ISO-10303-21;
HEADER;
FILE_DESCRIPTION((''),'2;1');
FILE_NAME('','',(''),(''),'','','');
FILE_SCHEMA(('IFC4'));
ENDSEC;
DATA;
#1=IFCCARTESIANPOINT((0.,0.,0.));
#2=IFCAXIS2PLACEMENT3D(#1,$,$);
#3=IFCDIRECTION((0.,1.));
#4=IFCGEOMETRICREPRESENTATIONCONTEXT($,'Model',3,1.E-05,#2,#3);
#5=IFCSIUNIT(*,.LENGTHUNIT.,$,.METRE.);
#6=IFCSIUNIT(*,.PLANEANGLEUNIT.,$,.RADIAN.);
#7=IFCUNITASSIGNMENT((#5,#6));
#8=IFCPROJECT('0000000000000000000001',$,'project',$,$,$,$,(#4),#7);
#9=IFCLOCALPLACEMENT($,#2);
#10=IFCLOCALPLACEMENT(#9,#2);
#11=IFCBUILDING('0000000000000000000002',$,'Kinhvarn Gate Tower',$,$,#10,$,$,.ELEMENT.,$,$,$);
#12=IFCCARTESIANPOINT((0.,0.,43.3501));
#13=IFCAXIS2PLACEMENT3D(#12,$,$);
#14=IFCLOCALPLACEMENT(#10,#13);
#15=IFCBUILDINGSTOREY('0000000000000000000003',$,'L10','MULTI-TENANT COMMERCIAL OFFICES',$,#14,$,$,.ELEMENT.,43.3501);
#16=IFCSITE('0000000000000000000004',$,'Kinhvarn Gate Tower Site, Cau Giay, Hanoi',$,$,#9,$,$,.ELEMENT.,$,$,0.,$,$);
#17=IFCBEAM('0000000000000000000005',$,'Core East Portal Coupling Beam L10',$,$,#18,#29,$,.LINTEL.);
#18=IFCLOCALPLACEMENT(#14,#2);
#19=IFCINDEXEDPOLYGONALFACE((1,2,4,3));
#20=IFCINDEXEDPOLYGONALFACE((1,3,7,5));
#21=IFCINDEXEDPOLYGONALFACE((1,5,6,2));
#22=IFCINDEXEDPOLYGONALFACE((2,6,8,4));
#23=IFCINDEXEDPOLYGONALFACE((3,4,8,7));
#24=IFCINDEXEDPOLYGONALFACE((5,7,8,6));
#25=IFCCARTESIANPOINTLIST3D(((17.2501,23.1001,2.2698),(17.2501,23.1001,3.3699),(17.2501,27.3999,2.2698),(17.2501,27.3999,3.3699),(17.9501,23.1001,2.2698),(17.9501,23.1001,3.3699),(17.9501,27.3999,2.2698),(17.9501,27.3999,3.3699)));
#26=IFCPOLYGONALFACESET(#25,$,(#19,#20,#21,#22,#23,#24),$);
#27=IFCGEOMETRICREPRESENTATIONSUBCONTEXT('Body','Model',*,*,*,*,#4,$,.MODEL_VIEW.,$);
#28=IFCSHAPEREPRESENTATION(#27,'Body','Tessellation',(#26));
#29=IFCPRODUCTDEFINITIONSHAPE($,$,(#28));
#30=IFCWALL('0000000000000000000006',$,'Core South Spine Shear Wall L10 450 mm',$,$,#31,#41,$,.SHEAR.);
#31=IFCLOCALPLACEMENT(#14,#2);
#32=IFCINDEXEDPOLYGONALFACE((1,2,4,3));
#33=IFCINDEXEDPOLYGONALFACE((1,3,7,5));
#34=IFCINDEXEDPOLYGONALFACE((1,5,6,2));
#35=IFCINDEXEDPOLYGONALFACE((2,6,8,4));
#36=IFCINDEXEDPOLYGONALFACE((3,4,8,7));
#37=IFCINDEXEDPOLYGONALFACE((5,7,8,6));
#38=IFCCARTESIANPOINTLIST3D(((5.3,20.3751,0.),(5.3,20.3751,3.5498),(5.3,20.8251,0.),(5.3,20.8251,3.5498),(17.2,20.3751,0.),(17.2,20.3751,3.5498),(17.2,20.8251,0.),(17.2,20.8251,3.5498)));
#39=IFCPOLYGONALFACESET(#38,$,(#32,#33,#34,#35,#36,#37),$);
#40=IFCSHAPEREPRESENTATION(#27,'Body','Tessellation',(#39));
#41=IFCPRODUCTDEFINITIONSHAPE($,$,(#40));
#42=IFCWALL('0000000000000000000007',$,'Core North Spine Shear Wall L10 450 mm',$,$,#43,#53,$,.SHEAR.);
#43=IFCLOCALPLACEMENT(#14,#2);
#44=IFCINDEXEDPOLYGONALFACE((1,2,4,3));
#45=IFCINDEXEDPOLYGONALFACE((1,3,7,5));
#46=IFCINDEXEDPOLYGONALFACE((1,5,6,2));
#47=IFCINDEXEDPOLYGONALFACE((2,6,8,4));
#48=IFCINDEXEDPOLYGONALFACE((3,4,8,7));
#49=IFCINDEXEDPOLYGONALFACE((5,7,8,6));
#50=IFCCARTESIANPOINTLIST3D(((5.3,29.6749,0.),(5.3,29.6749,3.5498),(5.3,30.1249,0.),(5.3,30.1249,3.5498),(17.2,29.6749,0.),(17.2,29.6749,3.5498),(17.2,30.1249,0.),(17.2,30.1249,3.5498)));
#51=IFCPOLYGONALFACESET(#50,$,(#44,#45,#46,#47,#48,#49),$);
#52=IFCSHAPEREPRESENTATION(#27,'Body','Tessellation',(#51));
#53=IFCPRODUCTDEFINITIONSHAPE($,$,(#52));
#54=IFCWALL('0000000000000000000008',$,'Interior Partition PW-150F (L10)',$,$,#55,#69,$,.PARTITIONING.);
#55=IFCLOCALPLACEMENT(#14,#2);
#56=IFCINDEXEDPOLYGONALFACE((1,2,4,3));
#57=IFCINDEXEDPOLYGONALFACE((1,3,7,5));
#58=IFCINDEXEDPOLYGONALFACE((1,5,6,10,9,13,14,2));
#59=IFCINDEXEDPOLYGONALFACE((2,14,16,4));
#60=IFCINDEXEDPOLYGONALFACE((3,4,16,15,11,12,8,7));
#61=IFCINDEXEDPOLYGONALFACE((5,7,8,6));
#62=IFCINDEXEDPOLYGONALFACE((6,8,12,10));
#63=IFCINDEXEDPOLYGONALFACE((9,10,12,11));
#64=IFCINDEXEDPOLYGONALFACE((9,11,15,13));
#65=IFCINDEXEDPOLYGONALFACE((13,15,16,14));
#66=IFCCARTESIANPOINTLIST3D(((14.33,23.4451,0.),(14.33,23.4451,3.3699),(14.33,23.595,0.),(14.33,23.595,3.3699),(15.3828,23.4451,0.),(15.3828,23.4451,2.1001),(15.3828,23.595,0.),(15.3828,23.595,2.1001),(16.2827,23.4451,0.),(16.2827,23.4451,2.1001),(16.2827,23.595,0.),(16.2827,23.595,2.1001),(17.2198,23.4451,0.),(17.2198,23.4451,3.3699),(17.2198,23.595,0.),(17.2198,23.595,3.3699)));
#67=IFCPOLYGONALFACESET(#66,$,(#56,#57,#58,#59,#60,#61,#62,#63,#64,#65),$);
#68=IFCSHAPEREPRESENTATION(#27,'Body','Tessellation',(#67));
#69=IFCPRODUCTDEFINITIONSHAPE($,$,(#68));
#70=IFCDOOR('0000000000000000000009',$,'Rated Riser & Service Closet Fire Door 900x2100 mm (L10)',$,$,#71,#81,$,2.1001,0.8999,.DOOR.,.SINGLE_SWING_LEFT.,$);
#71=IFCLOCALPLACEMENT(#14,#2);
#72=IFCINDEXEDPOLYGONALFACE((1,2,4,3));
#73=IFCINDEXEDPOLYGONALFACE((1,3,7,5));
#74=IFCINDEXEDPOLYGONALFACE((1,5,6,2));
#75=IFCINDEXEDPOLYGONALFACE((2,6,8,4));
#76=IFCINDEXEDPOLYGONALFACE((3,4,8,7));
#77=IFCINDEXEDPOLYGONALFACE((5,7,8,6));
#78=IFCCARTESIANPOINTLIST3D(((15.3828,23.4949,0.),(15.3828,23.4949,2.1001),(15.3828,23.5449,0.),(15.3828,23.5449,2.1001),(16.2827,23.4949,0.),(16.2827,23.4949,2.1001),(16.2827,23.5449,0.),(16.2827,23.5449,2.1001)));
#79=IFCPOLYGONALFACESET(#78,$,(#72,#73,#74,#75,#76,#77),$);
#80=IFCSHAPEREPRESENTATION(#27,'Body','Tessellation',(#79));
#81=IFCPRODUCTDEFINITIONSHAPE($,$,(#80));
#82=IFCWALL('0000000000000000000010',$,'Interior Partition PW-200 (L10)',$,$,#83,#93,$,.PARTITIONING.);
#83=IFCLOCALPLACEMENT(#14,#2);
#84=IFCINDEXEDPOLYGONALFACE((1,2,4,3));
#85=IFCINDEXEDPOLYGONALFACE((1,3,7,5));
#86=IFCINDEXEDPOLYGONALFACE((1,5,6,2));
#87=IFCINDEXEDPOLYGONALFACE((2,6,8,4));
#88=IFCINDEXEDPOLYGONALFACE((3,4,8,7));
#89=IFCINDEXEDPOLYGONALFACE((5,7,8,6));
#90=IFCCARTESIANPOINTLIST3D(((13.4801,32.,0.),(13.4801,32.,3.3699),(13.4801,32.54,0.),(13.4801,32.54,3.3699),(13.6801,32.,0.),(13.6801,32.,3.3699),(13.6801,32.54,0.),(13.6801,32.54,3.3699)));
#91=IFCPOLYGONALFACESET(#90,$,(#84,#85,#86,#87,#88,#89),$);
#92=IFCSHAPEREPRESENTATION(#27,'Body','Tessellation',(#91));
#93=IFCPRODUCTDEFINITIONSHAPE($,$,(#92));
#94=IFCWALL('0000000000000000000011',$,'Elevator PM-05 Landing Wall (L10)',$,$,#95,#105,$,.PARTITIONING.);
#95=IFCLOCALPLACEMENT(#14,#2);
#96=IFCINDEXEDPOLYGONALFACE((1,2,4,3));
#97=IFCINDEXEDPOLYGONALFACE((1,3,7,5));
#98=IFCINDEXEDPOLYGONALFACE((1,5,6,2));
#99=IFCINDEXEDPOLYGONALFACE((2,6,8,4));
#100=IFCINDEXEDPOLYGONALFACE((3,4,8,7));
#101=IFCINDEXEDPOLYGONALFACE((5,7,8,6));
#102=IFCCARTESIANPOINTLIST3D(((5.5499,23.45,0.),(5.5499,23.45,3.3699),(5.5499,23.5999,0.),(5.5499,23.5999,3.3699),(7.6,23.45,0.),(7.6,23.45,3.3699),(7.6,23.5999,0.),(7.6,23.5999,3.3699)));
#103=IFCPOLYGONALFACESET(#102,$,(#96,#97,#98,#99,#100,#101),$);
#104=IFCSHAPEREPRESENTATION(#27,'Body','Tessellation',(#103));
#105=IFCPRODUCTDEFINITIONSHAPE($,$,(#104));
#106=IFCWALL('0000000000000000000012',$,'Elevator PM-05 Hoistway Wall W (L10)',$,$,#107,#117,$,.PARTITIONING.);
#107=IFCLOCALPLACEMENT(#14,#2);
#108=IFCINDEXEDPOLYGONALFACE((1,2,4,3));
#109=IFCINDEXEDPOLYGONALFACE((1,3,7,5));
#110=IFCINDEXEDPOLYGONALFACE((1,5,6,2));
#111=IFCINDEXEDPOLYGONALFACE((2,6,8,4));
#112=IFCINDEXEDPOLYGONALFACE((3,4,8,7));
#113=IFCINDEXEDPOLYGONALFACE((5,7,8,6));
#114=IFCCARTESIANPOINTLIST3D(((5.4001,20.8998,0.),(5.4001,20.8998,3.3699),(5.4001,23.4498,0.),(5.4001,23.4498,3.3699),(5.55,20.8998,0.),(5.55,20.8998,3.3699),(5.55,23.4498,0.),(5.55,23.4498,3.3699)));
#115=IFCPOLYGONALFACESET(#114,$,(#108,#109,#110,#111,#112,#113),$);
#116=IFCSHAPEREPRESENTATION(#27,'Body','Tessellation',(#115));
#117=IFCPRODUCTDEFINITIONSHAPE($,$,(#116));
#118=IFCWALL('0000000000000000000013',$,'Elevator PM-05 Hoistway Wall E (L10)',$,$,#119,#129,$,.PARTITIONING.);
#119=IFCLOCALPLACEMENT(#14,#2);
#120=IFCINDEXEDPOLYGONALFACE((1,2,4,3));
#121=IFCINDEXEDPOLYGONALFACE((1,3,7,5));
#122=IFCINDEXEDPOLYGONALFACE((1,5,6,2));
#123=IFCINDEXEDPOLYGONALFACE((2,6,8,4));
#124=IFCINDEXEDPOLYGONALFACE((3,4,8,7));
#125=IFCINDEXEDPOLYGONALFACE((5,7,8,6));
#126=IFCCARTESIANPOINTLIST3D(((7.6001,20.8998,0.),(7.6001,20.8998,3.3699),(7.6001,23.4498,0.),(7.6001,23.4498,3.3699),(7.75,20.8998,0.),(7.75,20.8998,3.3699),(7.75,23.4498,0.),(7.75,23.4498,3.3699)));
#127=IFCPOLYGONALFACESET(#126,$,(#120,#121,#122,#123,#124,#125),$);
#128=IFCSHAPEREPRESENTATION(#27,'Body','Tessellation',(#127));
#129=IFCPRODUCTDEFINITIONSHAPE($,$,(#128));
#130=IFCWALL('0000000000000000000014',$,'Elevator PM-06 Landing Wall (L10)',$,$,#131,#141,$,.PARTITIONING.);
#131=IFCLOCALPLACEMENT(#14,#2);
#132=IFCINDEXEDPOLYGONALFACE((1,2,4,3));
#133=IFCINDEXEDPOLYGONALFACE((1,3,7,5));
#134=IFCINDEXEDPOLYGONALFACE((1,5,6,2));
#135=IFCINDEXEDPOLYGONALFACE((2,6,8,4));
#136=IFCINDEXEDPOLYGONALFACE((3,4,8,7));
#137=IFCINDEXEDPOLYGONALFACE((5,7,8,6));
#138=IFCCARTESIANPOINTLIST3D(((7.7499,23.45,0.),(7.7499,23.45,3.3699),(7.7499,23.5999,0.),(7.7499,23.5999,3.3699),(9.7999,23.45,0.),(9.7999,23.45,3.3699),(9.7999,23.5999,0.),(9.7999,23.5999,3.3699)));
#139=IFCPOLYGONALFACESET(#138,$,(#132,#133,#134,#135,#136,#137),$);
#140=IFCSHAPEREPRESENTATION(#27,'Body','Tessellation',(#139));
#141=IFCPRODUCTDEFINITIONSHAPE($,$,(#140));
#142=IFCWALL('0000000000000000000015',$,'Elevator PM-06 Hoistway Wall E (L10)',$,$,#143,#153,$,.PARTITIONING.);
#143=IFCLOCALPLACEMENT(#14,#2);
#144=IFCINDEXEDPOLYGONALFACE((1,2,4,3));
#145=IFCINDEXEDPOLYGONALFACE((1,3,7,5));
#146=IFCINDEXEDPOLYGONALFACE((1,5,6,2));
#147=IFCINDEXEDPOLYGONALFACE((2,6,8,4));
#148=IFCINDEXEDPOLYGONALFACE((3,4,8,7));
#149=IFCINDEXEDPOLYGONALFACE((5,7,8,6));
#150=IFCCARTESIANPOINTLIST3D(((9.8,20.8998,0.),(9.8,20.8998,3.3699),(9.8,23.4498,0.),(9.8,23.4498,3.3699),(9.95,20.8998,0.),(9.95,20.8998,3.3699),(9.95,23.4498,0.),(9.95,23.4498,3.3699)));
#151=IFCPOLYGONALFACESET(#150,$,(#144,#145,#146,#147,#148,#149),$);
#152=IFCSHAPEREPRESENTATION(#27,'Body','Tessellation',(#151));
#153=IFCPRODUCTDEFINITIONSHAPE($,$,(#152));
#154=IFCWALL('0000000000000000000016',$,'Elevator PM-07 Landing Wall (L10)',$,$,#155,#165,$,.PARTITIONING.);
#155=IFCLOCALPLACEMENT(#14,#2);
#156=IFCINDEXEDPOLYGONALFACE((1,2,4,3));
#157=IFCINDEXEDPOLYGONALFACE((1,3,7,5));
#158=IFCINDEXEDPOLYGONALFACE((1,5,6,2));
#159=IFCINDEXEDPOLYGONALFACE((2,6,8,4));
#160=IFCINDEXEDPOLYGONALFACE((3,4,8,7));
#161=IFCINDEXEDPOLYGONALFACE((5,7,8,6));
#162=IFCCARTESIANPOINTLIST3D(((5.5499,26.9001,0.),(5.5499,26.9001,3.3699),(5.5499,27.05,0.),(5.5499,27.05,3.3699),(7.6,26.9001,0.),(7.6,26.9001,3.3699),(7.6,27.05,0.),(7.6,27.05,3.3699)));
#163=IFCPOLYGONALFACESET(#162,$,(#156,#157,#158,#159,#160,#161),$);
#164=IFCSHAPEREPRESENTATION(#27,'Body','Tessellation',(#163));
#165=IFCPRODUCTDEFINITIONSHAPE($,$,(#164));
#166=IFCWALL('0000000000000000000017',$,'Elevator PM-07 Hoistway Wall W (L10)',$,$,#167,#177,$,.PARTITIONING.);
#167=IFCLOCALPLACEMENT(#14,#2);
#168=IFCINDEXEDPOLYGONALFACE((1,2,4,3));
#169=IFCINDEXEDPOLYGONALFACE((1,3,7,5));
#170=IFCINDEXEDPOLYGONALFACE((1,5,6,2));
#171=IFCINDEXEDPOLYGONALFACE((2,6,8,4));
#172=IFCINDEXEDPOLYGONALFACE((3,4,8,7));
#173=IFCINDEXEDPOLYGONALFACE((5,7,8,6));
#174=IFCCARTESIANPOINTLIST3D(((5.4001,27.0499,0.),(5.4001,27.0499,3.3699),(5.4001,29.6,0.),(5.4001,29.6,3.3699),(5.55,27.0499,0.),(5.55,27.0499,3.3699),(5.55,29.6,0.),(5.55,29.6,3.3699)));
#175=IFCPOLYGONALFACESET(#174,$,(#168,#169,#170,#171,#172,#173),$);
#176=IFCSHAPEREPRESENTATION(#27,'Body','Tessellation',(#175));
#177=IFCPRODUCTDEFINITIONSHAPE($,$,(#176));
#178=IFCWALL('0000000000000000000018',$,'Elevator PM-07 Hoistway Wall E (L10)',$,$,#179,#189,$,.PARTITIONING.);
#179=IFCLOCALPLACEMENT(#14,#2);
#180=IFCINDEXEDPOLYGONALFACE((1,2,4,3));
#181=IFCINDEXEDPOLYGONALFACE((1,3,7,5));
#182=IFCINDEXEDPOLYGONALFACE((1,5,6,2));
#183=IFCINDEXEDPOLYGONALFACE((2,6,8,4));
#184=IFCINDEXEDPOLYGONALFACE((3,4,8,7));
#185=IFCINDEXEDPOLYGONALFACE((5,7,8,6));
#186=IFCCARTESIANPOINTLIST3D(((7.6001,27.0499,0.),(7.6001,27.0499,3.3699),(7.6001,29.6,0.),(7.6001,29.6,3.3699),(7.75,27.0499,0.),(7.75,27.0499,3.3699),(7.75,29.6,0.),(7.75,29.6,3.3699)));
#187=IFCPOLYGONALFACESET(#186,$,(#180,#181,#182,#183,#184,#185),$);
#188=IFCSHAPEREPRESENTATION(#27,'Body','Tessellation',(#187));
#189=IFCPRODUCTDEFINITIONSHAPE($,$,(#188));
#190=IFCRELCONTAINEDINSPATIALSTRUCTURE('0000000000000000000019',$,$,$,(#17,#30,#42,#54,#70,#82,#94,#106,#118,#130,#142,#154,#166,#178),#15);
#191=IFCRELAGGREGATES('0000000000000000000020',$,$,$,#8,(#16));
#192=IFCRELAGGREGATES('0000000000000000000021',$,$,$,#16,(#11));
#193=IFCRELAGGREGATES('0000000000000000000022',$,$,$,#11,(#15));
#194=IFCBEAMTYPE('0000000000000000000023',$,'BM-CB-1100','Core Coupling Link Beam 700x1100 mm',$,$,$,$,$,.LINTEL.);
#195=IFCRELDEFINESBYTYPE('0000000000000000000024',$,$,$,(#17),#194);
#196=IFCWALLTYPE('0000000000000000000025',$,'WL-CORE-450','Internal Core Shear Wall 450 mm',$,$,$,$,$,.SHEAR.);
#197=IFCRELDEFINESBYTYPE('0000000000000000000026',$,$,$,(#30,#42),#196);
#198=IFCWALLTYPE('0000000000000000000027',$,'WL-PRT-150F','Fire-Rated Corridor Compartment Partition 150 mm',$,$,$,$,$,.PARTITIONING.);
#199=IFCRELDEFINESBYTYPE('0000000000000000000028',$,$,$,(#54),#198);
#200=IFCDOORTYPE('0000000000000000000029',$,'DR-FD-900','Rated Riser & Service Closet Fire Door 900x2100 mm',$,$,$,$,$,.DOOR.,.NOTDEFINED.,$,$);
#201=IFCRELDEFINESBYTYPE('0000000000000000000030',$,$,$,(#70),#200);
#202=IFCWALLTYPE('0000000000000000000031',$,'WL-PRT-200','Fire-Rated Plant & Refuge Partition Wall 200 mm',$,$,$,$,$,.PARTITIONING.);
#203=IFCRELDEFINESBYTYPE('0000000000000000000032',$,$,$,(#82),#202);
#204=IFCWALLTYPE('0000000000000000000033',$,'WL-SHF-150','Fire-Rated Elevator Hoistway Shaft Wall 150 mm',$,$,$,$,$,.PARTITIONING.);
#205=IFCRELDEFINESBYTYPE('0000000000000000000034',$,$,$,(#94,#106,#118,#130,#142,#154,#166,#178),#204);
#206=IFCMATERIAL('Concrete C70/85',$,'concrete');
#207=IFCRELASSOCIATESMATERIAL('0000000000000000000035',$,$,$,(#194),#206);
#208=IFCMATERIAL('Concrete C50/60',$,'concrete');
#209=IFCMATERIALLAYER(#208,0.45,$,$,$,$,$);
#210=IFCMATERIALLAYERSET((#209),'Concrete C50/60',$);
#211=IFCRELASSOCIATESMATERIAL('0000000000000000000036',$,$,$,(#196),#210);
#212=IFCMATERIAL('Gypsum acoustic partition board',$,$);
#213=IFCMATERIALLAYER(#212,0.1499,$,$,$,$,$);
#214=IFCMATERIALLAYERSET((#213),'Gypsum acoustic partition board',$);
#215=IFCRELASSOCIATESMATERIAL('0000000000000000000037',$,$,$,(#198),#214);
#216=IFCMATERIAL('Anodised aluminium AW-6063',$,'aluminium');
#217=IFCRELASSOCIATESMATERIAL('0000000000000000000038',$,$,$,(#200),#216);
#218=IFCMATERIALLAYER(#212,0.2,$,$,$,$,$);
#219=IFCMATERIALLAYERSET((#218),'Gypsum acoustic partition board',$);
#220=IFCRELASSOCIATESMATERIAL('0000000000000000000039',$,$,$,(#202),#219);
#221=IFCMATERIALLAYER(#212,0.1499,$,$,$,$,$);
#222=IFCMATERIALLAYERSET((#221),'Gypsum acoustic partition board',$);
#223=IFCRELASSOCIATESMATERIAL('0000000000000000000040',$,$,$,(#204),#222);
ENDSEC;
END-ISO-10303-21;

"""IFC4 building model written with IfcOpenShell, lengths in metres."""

from ifc_helpers import new_model, si_unit, direction, frame, frame_2d, origin, origin_2d, place, context, subcontext, project, spatial, rectangle, extrude, material, layer, layer_set, material_profile, profile_set, type_object, element, fill, save


model = new_model("IFC4")

# Units and contexts
model_context = context("Model", 3, precision=1e-05, world=origin(), true_north=direction((0.0, 1.0)))
body_context = subcontext(model_context, "Body", "Model", "MODEL_VIEW")
ifc_project = project(units=[si_unit("LENGTHUNIT", "METRE"), si_unit("PLANEANGLEUNIT", "RADIAN")], contexts=[model_context])

# Site, building, storey
site_placement = place(None, origin())
site = spatial("IfcSite", under=ifc_project, at=site_placement, Name="Kinhvarn Gate Tower Site, Cau Giay, Hanoi", CompositionType="ELEMENT", RefElevation=0.0)
building_placement = place(site_placement, origin())
building = spatial("IfcBuilding", under=site, at=building_placement, Name="Kinhvarn Gate Tower", CompositionType="ELEMENT")
storey_placement = place(building_placement, frame((0.0, 0.0, 43.3501)))
storey = spatial("IfcBuildingStorey", under=building, at=storey_placement, Name="L10", Description="MULTI-TENANT COMMERCIAL OFFICES", CompositionType="ELEMENT", Elevation=43.3501)

# Beam
ifc_material_1 = material(Name="Concrete C70/85", Category="concrete")
ifc_material_profile = material_profile(ifc_material_1, rectangle(XDim=0.7, YDim=1.1001, at=origin_2d()), Name="RC 700x1100")
ifc_profile_set = profile_set([ifc_material_profile], Name="Concrete C70/85")
beam_type = type_object("IfcBeamType", Name="BM-CB-1100", Description="Core Coupling Link Beam 700x1100 mm", PredefinedType="LINTEL", material=ifc_profile_set)
beam_placement = place(storey_placement, frame((17.6001, 23.1001, 2.8198), z_axis=(0.0, 1.0, 0.0), x_axis=(-1.0, 0.0, 0.0)))
element("IfcBeam", 1, at=beam_placement, inside=storey, type_object=beam_type, Name="Core East Portal Coupling Beam L10", PredefinedType="LINTEL", context=body_context, shape_type="SweptSolid", body=[
    extrude(rectangle(XDim=0.7, YDim=1.1001, at=origin_2d()), origin(), (0.0, 0.0, 1.0), 4.2998),
])

# Walls
ifc_material_2 = material(Name="Concrete C50/60", Category="concrete")
ifc_layer_1 = layer(ifc_material_2, 0.45)
ifc_layer_set_1 = layer_set([ifc_layer_1], Name="Concrete C50/60")
wall_type_1 = type_object("IfcWallType", Name="WL-CORE-450", Description="Internal Core Shear Wall 450 mm", PredefinedType="SHEAR", material=ifc_layer_set_1)
for number, where, z_axis, x_axis, name in (
    (2, (5.3, 20.6001, 0.0), (0.0, 0.0, 1.0), (1.0, 0.0, 0.0), "Core South Spine Shear Wall L10 450 mm"),
    (3, (5.3, 29.8999, 0.0), (0.0, 0.0, 1.0), (1.0, 0.0, 0.0), "Core North Spine Shear Wall L10 450 mm"),
):
    element("IfcWall", number, at=place(storey_placement, frame(where, z_axis=z_axis, x_axis=x_axis)), inside=storey, type_object=wall_type_1, Name=name, PredefinedType="SHEAR", context=body_context, shape_type="SweptSolid", body=[
        extrude(rectangle(XDim=11.8999, YDim=0.45, at=frame_2d((5.95, 0.0))), origin(), (0.0, 0.0, 1.0), 3.5498),
    ])

# Wall, opening, door
ifc_material_3 = material(Name="Anodised aluminium AW-6063", Category="aluminium")
ifc_material_4 = material(Name="Gypsum acoustic partition board")
ifc_layer_2 = layer(ifc_material_4, 0.1499)
ifc_layer_set_2 = layer_set([ifc_layer_2], Name="Gypsum acoustic partition board")
wall_type_2 = type_object("IfcWallType", Name="WL-PRT-150F", Description="Fire-Rated Corridor Compartment Partition 150 mm", PredefinedType="PARTITIONING", material=ifc_layer_set_2)
wall_1_placement = place(storey_placement, frame((14.3301, 23.52, 0.0), z_axis=(0.0, 0.0, 1.0), x_axis=(1.0, 0.0, 0.0)))
wall_1 = element("IfcWall", 4, at=wall_1_placement, inside=storey, type_object=wall_type_2, Name="Interior Partition PW-150F (L10)", PredefinedType="PARTITIONING", context=body_context, shape_type="SweptSolid", body=[
    extrude(rectangle(XDim=2.8899, YDim=0.1499, at=frame_2d((1.4448, 0.0))), origin(), (0.0, 0.0, 1.0), 3.3699),
])
opening_1_placement = place(wall_1_placement, frame((1.0527, 0.0, 0.0)))
opening_1 = element("IfcOpeningElement", 5, at=opening_1_placement, cuts=wall_1, PredefinedType="OPENING", context=body_context, shape_type="SweptSolid", body=[
    extrude(rectangle(XDim=0.8999, YDim=2.1001, at=frame_2d((0.45, 1.05))), frame((0.0, 0.085, 0.0), z_axis=(0.0, -1.0, 0.0), x_axis=(1.0, 0.0, 0.0)), (0.0, 0.0, 1.0), 0.1699),
])
door_type_1 = type_object("IfcDoorType", Name="DR-FD-900", Description="Rated Riser & Service Closet Fire Door 900x2100 mm", OperationType="NOTDEFINED", PredefinedType="DOOR", material=ifc_material_3)
door_1_placement = place(opening_1_placement, origin())
door_1 = element("IfcDoor", 6, at=door_1_placement, inside=storey, type_object=door_type_1, Name="Rated Riser & Service Closet Fire Door 900x2100 mm (L10)", OperationType="SINGLE_SWING_LEFT", OverallHeight=2.1001, OverallWidth=0.8999, PredefinedType="DOOR", context=body_context, shape_type="SweptSolid", body=[
    extrude(rectangle(XDim=0.8999, YDim=2.1001, at=frame_2d((0.45, 1.05))), frame((0.0, 0.0249, 0.0), z_axis=(0.0, -1.0, 0.0), x_axis=(1.0, 0.0, 0.0)), (0.0, 0.0, 1.0), 0.05),
])
fill(opening_1, door_1)

# Walls
ifc_layer_3 = layer(ifc_material_4, 0.2)
ifc_layer_set_3 = layer_set([ifc_layer_3], Name="Gypsum acoustic partition board")
wall_type_3 = type_object("IfcWallType", Name="WL-PRT-200", Description="Fire-Rated Plant & Refuge Partition Wall 200 mm", PredefinedType="PARTITIONING", material=ifc_layer_set_3)
wall_2_placement = place(storey_placement, frame((13.5801, 32.0, 0.0), z_axis=(0.0, 0.0, 1.0), x_axis=(0.0, 1.0, 0.0)))
element("IfcWall", 7, at=wall_2_placement, inside=storey, type_object=wall_type_3, Name="Interior Partition PW-200 (L10)", PredefinedType="PARTITIONING", context=body_context, shape_type="SweptSolid", body=[
    extrude(rectangle(XDim=0.54, YDim=0.2, at=frame_2d((0.27, 0.0))), origin(), (0.0, 0.0, 1.0), 3.3699),
])
ifc_layer_4 = layer(ifc_material_4, 0.1499)
ifc_layer_set_4 = layer_set([ifc_layer_4], Name="Gypsum acoustic partition board")
wall_type_4 = type_object("IfcWallType", Name="WL-SHF-150", Description="Fire-Rated Elevator Hoistway Shaft Wall 150 mm", PredefinedType="PARTITIONING", material=ifc_layer_set_4)
wall_3_placement = place(storey_placement, frame((5.55, 23.5249, 0.0), z_axis=(0.0, 0.0, 1.0), x_axis=(1.0, 0.0, 0.0)))
element("IfcWall", 8, at=wall_3_placement, inside=storey, type_object=wall_type_4, Name="Elevator PM-05 Landing Wall (L10)", PredefinedType="PARTITIONING", context=body_context, shape_type="SweptSolid", body=[
    extrude(rectangle(XDim=2.05, YDim=0.1499, at=frame_2d((1.0249, 0.0))), origin(), (0.0, 0.0, 1.0), 3.3699),
])
for number, where, z_axis, x_axis, name in (
    (9, (5.4751, 20.8999, 0.0), (0.0, 0.0, 1.0), (0.0, 1.0, 0.0), "Elevator PM-05 Hoistway Wall W (L10)"),
    (10, (7.675, 20.8999, 0.0), (0.0, 0.0, 1.0), (0.0, 1.0, 0.0), "Elevator PM-05 Hoistway Wall E (L10)"),
):
    element("IfcWall", number, at=place(storey_placement, frame(where, z_axis=z_axis, x_axis=x_axis)), inside=storey, type_object=wall_type_4, Name=name, PredefinedType="PARTITIONING", context=body_context, shape_type="SweptSolid", body=[
        extrude(rectangle(XDim=2.55, YDim=0.1499, at=frame_2d((1.2749, 0.0))), origin(), (0.0, 0.0, 1.0), 3.3699),
    ])
wall_4_placement = place(storey_placement, frame((7.75, 23.5249, 0.0), z_axis=(0.0, 0.0, 1.0), x_axis=(1.0, 0.0, 0.0)))
element("IfcWall", 11, at=wall_4_placement, inside=storey, type_object=wall_type_4, Name="Elevator PM-06 Landing Wall (L10)", PredefinedType="PARTITIONING", context=body_context, shape_type="SweptSolid", body=[
    extrude(rectangle(XDim=2.05, YDim=0.1499, at=frame_2d((1.0249, 0.0))), origin(), (0.0, 0.0, 1.0), 3.3699),
])
wall_5_placement = place(storey_placement, frame((9.875, 20.8999, 0.0), z_axis=(0.0, 0.0, 1.0), x_axis=(0.0, 1.0, 0.0)))
element("IfcWall", 12, at=wall_5_placement, inside=storey, type_object=wall_type_4, Name="Elevator PM-06 Hoistway Wall E (L10)", PredefinedType="PARTITIONING", context=body_context, shape_type="SweptSolid", body=[
    extrude(rectangle(XDim=2.55, YDim=0.1499, at=frame_2d((1.2749, 0.0))), origin(), (0.0, 0.0, 1.0), 3.3699),
])
wall_6_placement = place(storey_placement, frame((5.55, 26.9751, 0.0), z_axis=(0.0, 0.0, 1.0), x_axis=(1.0, 0.0, 0.0)))
element("IfcWall", 13, at=wall_6_placement, inside=storey, type_object=wall_type_4, Name="Elevator PM-07 Landing Wall (L10)", PredefinedType="PARTITIONING", context=body_context, shape_type="SweptSolid", body=[
    extrude(rectangle(XDim=2.05, YDim=0.1499, at=frame_2d((1.0249, 0.0))), origin(), (0.0, 0.0, 1.0), 3.3699),
])
for number, where, z_axis, x_axis, name in (
    (14, (5.4751, 27.05, 0.0), (0.0, 0.0, 1.0), (0.0, 1.0, 0.0), "Elevator PM-07 Hoistway Wall W (L10)"),
    (15, (7.675, 27.05, 0.0), (0.0, 0.0, 1.0), (0.0, 1.0, 0.0), "Elevator PM-07 Hoistway Wall E (L10)"),
):
    element("IfcWall", number, at=place(storey_placement, frame(where, z_axis=z_axis, x_axis=x_axis)), inside=storey, type_object=wall_type_4, Name=name, PredefinedType="PARTITIONING", context=body_context, shape_type="SweptSolid", body=[
        extrude(rectangle(XDim=2.55, YDim=0.1499, at=frame_2d((1.2749, 0.0))), origin(), (0.0, 0.0, 1.0), 3.3699),
    ])

save(model, "model.ifc")
